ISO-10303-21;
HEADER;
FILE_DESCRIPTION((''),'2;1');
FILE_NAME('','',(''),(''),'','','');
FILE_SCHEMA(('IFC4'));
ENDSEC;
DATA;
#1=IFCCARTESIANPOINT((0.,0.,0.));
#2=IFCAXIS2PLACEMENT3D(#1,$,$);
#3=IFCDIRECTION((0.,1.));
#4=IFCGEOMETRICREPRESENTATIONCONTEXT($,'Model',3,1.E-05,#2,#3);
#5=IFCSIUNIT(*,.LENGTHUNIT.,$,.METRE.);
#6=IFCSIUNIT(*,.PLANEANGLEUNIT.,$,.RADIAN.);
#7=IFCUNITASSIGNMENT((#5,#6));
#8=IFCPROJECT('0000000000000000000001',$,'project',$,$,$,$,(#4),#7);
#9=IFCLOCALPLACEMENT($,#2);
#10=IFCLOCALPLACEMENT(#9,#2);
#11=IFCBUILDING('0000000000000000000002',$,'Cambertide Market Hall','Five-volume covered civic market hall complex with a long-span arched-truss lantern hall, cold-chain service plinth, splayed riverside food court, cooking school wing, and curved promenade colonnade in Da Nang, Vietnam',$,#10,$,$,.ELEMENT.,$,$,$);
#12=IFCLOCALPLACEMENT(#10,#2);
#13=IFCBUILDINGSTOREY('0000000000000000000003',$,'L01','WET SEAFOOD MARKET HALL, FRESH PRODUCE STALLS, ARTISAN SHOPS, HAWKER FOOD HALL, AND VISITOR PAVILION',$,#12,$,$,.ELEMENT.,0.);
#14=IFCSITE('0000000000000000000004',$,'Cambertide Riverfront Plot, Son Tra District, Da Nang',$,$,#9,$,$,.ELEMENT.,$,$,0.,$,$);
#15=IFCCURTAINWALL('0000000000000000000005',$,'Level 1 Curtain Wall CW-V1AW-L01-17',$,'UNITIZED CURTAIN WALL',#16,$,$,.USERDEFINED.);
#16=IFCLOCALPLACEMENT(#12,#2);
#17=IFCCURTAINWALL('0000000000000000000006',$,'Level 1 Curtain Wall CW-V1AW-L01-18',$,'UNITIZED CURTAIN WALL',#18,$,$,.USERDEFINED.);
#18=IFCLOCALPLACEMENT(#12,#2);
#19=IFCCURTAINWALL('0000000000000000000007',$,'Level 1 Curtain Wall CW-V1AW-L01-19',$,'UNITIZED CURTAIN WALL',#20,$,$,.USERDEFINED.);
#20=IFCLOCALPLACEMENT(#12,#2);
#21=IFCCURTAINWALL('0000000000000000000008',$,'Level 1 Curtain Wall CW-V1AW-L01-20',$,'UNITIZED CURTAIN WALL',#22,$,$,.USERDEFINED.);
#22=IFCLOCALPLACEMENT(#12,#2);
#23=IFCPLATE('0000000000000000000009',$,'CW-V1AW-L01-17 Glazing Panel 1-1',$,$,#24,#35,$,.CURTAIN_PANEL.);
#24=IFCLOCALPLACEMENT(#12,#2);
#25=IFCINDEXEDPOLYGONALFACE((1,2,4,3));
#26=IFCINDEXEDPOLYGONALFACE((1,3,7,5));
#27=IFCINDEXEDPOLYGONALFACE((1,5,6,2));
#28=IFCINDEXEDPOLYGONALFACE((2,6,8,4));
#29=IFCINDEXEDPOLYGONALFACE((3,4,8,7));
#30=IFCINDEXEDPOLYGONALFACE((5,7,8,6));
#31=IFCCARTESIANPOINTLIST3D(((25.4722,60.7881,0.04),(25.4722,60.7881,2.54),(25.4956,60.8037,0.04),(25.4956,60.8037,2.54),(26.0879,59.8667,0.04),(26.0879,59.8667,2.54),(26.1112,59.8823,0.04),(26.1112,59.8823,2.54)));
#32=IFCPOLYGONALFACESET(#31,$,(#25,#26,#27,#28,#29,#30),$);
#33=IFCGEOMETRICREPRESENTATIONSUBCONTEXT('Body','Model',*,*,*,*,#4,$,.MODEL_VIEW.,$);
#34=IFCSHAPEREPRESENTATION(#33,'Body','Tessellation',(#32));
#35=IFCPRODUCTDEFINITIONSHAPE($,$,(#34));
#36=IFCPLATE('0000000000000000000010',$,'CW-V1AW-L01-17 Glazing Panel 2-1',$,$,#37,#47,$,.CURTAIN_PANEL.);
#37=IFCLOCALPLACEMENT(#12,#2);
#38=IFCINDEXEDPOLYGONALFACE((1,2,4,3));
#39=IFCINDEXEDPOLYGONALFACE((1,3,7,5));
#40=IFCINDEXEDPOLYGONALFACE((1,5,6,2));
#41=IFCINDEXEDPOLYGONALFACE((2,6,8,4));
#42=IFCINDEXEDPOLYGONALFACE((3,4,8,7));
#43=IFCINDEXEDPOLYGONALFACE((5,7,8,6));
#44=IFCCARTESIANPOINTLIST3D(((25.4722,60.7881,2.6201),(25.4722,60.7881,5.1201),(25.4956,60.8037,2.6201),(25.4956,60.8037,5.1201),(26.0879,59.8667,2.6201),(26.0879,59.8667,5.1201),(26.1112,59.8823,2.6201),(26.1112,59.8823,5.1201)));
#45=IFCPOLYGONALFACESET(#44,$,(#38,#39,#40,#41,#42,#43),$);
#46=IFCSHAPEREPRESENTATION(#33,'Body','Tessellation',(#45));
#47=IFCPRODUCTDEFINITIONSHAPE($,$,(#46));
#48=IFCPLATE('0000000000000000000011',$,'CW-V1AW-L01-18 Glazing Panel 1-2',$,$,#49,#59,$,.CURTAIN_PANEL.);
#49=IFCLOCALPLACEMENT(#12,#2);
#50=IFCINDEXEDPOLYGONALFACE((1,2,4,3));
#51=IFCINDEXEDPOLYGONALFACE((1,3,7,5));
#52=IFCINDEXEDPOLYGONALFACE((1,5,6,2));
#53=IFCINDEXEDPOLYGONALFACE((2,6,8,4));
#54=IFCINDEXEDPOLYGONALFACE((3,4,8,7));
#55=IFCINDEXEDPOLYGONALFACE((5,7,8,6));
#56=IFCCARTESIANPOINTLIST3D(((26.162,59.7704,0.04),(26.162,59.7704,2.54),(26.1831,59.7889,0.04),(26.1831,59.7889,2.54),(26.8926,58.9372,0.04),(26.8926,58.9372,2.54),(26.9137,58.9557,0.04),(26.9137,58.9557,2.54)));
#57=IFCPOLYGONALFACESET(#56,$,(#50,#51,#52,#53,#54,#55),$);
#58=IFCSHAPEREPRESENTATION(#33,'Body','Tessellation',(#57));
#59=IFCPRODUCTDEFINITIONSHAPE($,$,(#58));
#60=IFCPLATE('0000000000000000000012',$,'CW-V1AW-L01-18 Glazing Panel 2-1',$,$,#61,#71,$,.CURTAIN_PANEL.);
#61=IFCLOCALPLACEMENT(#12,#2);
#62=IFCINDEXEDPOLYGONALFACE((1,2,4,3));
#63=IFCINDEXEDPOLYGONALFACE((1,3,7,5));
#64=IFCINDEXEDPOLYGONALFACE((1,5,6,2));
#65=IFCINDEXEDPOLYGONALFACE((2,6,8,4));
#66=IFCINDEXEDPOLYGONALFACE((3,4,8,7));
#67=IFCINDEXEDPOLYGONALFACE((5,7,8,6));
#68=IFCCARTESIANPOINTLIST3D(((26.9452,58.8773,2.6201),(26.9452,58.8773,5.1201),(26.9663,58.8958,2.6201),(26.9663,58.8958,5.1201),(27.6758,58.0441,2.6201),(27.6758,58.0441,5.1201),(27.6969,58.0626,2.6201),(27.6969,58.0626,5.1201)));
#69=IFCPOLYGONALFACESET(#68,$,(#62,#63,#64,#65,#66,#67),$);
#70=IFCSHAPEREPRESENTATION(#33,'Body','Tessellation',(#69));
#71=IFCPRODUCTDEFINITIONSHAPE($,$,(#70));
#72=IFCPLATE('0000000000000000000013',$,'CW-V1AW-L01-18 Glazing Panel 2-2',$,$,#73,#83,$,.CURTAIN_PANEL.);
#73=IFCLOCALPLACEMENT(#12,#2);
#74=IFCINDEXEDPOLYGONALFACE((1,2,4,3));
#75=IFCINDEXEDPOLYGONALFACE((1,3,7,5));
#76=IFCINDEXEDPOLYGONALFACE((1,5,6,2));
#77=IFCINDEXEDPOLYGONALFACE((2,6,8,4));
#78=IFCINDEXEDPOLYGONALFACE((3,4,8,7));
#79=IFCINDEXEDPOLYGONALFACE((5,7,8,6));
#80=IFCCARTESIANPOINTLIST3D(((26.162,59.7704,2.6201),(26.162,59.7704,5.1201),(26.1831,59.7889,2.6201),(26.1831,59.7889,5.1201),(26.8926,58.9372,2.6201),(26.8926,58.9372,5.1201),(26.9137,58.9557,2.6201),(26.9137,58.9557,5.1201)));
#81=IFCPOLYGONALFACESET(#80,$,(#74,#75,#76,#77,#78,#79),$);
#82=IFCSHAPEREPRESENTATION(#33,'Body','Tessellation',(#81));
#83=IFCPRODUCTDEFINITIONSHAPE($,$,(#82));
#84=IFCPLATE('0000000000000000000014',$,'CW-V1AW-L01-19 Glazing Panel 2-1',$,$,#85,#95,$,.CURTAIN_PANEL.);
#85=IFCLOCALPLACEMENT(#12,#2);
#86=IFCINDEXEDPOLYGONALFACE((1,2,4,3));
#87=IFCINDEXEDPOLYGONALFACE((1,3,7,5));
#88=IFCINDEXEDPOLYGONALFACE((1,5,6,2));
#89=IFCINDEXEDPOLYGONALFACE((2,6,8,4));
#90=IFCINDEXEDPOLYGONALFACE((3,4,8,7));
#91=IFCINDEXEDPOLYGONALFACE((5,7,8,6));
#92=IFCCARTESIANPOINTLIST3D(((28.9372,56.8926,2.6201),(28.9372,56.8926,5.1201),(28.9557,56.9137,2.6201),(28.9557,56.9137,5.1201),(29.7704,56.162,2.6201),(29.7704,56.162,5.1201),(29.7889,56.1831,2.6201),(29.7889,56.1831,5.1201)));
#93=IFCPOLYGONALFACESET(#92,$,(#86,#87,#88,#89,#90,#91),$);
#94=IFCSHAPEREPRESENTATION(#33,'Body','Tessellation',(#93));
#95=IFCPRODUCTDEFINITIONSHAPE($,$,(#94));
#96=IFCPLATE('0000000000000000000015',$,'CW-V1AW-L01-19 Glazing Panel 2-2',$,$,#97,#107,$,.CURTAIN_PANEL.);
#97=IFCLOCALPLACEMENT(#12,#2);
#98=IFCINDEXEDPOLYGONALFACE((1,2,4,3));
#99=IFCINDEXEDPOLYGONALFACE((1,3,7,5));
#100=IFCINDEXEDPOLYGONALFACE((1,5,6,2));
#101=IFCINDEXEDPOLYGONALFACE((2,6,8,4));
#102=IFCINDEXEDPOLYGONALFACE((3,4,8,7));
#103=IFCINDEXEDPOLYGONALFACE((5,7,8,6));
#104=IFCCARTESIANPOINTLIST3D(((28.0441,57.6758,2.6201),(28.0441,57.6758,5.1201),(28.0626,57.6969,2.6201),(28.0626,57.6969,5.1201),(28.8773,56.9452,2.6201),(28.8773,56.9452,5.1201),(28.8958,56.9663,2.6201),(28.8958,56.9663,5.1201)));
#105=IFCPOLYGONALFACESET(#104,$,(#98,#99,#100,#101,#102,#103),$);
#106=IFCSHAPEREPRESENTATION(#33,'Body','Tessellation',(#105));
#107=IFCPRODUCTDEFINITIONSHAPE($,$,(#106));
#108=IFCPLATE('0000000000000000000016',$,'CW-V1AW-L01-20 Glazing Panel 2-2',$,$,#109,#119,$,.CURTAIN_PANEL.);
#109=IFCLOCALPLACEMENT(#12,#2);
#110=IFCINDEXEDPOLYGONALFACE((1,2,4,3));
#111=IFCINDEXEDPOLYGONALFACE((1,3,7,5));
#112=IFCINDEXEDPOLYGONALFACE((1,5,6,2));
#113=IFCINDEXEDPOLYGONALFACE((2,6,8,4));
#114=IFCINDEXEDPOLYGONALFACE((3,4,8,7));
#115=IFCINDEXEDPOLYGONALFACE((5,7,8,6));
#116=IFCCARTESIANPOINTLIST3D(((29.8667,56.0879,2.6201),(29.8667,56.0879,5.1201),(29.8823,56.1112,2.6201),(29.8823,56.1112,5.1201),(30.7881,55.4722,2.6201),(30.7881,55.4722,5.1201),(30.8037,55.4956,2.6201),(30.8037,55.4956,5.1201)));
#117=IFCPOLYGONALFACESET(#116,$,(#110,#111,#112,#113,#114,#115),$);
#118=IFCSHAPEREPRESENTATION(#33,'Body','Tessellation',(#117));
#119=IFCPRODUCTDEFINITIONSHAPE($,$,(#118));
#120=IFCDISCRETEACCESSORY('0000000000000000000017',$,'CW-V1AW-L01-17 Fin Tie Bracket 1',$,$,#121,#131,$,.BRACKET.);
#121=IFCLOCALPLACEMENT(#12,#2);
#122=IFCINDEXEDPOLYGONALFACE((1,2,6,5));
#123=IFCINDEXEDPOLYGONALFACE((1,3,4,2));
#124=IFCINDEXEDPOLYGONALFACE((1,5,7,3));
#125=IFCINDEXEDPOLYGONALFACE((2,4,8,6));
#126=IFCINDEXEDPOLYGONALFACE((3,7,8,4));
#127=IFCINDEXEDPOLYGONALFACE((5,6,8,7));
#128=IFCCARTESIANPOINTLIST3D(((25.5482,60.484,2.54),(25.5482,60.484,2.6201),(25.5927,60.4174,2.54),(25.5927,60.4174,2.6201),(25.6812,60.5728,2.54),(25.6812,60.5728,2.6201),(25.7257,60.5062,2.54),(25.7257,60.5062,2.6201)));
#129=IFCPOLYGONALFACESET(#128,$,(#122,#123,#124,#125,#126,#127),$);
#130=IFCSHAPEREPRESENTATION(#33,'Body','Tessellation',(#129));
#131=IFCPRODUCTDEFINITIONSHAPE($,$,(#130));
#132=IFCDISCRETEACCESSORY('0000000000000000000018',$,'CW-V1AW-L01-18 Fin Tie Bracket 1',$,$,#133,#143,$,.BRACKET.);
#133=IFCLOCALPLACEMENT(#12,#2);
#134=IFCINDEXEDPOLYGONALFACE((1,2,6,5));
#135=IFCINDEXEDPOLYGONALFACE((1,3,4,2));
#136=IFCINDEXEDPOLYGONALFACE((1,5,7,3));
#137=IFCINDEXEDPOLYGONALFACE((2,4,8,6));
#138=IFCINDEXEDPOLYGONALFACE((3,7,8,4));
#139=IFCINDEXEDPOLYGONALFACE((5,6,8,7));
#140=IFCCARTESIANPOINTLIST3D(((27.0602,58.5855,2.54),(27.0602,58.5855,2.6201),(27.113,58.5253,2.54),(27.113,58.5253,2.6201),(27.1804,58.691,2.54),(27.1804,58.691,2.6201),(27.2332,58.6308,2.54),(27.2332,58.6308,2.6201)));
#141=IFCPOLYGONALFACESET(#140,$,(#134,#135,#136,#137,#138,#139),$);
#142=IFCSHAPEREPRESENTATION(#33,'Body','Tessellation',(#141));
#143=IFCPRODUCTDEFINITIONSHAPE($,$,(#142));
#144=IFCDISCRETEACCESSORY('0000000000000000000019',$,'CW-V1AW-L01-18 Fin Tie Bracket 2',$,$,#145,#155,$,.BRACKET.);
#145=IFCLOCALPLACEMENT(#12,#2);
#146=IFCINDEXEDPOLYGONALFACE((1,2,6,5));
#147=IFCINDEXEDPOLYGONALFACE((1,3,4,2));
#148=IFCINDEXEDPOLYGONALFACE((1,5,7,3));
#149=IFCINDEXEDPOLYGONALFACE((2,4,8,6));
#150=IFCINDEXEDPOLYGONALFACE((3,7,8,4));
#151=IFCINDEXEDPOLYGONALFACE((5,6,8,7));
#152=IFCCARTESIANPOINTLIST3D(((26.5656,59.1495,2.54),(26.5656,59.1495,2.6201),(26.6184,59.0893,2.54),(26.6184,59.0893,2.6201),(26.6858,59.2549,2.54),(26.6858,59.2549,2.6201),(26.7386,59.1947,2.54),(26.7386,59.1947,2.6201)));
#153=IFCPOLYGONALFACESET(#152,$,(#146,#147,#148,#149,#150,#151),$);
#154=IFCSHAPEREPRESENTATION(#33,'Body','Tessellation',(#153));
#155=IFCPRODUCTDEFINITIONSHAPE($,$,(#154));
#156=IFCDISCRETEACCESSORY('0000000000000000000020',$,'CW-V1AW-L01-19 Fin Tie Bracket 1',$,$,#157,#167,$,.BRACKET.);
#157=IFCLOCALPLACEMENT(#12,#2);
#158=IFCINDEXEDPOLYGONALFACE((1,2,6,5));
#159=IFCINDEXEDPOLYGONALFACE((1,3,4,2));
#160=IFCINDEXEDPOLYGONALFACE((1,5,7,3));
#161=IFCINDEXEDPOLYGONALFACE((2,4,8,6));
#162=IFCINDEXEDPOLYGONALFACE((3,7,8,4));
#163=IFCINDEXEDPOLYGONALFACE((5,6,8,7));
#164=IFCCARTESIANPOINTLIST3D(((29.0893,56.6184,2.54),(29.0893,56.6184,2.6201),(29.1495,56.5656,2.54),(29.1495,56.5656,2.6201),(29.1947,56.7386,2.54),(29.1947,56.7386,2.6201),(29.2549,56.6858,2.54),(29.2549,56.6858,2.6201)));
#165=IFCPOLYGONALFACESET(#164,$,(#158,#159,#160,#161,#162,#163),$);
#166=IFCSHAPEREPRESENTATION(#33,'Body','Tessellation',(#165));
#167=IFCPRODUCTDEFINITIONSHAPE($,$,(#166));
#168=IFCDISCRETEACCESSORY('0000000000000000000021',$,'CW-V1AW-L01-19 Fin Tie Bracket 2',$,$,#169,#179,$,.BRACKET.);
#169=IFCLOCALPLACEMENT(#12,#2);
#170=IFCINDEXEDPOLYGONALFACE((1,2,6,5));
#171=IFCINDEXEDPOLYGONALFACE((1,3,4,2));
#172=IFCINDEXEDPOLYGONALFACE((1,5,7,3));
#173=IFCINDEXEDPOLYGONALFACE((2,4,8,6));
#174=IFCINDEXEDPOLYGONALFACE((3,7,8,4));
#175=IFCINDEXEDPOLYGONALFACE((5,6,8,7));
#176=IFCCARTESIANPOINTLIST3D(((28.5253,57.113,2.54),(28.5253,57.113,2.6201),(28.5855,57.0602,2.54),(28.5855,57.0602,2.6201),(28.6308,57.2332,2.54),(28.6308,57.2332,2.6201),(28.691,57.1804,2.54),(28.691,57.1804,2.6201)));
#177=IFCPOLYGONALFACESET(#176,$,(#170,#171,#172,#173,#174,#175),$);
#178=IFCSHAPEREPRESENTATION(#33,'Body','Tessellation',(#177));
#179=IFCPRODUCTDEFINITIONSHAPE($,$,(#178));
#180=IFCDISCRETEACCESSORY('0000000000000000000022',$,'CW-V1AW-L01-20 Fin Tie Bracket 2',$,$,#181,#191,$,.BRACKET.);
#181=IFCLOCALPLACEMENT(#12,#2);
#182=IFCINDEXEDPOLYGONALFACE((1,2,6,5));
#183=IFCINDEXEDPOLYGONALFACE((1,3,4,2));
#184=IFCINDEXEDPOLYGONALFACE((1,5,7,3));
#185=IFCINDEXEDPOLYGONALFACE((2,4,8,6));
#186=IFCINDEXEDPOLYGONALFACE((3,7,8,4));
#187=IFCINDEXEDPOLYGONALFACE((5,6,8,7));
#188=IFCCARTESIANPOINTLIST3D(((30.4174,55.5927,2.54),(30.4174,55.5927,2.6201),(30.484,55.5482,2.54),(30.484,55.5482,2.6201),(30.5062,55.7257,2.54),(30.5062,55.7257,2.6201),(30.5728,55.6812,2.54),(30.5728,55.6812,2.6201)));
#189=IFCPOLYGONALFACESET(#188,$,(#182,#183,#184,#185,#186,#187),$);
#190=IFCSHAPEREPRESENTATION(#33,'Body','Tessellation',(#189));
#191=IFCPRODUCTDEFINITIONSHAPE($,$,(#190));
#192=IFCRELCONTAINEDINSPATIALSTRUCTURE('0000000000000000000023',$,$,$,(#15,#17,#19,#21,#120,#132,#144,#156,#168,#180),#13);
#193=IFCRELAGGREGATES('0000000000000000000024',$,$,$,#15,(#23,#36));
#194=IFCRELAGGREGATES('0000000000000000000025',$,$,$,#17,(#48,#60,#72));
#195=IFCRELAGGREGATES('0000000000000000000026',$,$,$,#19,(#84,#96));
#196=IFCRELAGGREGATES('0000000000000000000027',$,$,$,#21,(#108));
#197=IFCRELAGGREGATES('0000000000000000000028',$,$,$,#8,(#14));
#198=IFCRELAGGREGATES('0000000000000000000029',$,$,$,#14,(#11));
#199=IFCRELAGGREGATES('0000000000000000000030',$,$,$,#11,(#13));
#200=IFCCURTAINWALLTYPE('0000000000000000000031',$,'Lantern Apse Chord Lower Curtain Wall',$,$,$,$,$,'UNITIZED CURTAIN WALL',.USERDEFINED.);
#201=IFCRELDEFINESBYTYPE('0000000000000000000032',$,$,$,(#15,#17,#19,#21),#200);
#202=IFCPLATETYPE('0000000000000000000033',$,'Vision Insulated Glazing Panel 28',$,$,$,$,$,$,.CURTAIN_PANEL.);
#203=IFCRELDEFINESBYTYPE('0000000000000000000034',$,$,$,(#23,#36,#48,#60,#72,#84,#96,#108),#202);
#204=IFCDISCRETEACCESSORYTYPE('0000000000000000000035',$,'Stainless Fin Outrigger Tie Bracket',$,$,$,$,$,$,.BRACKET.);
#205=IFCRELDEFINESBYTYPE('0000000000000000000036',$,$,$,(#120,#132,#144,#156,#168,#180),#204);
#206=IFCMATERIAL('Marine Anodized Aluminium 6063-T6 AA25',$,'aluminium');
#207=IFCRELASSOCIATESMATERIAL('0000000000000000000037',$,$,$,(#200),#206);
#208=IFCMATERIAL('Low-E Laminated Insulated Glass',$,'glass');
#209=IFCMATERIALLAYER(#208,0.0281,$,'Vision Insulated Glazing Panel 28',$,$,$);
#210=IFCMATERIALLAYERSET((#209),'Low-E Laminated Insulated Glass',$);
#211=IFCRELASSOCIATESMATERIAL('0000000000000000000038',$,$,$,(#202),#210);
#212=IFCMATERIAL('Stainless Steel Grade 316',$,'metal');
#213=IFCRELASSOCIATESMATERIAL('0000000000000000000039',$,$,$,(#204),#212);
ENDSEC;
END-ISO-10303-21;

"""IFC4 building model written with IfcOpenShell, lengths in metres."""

from ifc_helpers import new_model, si_unit, direction, frame, origin, origin_2d, place, context, subcontext, project, spatial, rectangle, extrude, material, layer, layer_set, type_object, element, aggregate, save


model = new_model("IFC4")

# Units and contexts
model_context = context("Model", 3, precision=1e-05, world=origin(), true_north=direction((0.0, 1.0)))
body_context = subcontext(model_context, "Body", "Model", "MODEL_VIEW")
ifc_project = project(units=[si_unit("LENGTHUNIT", "METRE"), si_unit("PLANEANGLEUNIT", "RADIAN")], contexts=[model_context])

# Site, building, storey
site_placement = place(None, origin())
site = spatial("IfcSite", under=ifc_project, at=site_placement, Name="Cambertide Riverfront Plot, Son Tra District, Da Nang", CompositionType="ELEMENT", RefElevation=0.0)
building_placement = place(site_placement, origin())
building = spatial("IfcBuilding", under=site, at=building_placement, Name="Cambertide Market Hall", Description="Five-volume covered civic market hall complex with a long-span arched-truss lantern hall, cold-chain service plinth, splayed riverside food court, cooking school wing, and curved promenade colonnade in Da Nang, Vietnam", CompositionType="ELEMENT")
storey_placement = place(building_placement, origin())
storey = spatial("IfcBuildingStorey", under=building, at=storey_placement, Name="L01", Description="WET SEAFOOD MARKET HALL, FRESH PRODUCE STALLS, ARTISAN SHOPS, HAWKER FOOD HALL, AND VISITOR PAVILION", CompositionType="ELEMENT", Elevation=0.0)

# Curtain walls
ifc_material_1 = material(Name="Marine Anodized Aluminium 6063-T6 AA25", Category="aluminium")
curtain_wall_type = type_object("IfcCurtainWallType", Name="Lantern Apse Chord Lower Curtain Wall", ElementType="UNITIZED CURTAIN WALL", PredefinedType="USERDEFINED", material=ifc_material_1)
curtain_wall_1_placement = place(storey_placement, origin())
curtain_wall_1 = element("IfcCurtainWall", 1, at=curtain_wall_1_placement, inside=storey, type_object=curtain_wall_type, Name="Level 1 Curtain Wall CW-V1AW-L01-17", ObjectType="UNITIZED CURTAIN WALL", PredefinedType="USERDEFINED")
curtain_wall_2_placement = place(storey_placement, origin())
curtain_wall_2 = element("IfcCurtainWall", 2, at=curtain_wall_2_placement, inside=storey, type_object=curtain_wall_type, Name="Level 1 Curtain Wall CW-V1AW-L01-18", ObjectType="UNITIZED CURTAIN WALL", PredefinedType="USERDEFINED")
curtain_wall_3_placement = place(storey_placement, origin())
curtain_wall_3 = element("IfcCurtainWall", 3, at=curtain_wall_3_placement, inside=storey, type_object=curtain_wall_type, Name="Level 1 Curtain Wall CW-V1AW-L01-19", ObjectType="UNITIZED CURTAIN WALL", PredefinedType="USERDEFINED")

# Curtain wall
curtain_wall_4_placement = place(storey_placement, origin())
curtain_wall_4 = element("IfcCurtainWall", 4, at=curtain_wall_4_placement, inside=storey, type_object=curtain_wall_type, Name="Level 1 Curtain Wall CW-V1AW-L01-20", ObjectType="UNITIZED CURTAIN WALL", PredefinedType="USERDEFINED")

# Plates
ifc_material_2 = material(Name="Low-E Laminated Insulated Glass", Category="glass")
ifc_layer = layer(ifc_material_2, 0.0281, Name="Vision Insulated Glazing Panel 28")
ifc_layer_set = layer_set([ifc_layer], Name="Low-E Laminated Insulated Glass")
plate_type = type_object("IfcPlateType", Name="Vision Insulated Glazing Panel 28", PredefinedType="CURTAIN_PANEL", material=ifc_layer_set)
plate_1_placement = place(storey_placement, frame((25.7917, 60.3352, 0.04), z_axis=(0.0, 0.0, 1.0), x_axis=(-0.55557, 0.83147, 0.0)))
plate_1 = element("IfcPlate", 5, at=plate_1_placement, type_object=plate_type, Name="CW-V1AW-L01-17 Glazing Panel 1-1", PredefinedType="CURTAIN_PANEL", context=body_context, shape_type="SweptSolid", body=[
    extrude(rectangle(XDim=1.1082, YDim=0.0281, at=origin_2d()), origin(), (0.0, 0.0, 1.0), 2.5),
])
plate_2_placement = place(storey_placement, frame((25.7917, 60.3352, 2.6201), z_axis=(0.0, 0.0, 1.0), x_axis=(-0.55557, 0.83147, 0.0)))
plate_2 = element("IfcPlate", 6, at=plate_2_placement, type_object=plate_type, Name="CW-V1AW-L01-17 Glazing Panel 2-1", PredefinedType="CURTAIN_PANEL", context=body_context, shape_type="SweptSolid", body=[
    extrude(rectangle(XDim=1.1082, YDim=0.0281, at=origin_2d()), origin(), (0.0, 0.0, 1.0), 2.5),
])
aggregate(curtain_wall_1, [plate_1, plate_2])
plate_3_placement = place(storey_placement, frame((26.5378, 59.363, 0.04), z_axis=(0.0, 0.0, 1.0), x_axis=(-0.659346, 0.75184, 0.0)))
plate_3 = element("IfcPlate", 7, at=plate_3_placement, type_object=plate_type, Name="CW-V1AW-L01-18 Glazing Panel 1-2", PredefinedType="CURTAIN_PANEL", context=body_context, shape_type="SweptSolid", body=[
    extrude(rectangle(XDim=1.1082, YDim=0.0281, at=origin_2d()), origin(), (0.0, 0.0, 1.0), 2.5),
])
plate_4_placement = place(storey_placement, frame((27.321, 58.47, 2.6201), z_axis=(0.0, 0.0, 1.0), x_axis=(-0.659346, 0.75184, 0.0)))
plate_4 = element("IfcPlate", 8, at=plate_4_placement, type_object=plate_type, Name="CW-V1AW-L01-18 Glazing Panel 2-1", PredefinedType="CURTAIN_PANEL", context=body_context, shape_type="SweptSolid", body=[
    extrude(rectangle(XDim=1.1082, YDim=0.0281, at=origin_2d()), origin(), (0.0, 0.0, 1.0), 2.5),
])
plate_5_placement = place(storey_placement, frame((26.5378, 59.363, 2.6201), z_axis=(0.0, 0.0, 1.0), x_axis=(-0.659346, 0.75184, 0.0)))
plate_5 = element("IfcPlate", 9, at=plate_5_placement, type_object=plate_type, Name="CW-V1AW-L01-18 Glazing Panel 2-2", PredefinedType="CURTAIN_PANEL", context=body_context, shape_type="SweptSolid", body=[
    extrude(rectangle(XDim=1.1082, YDim=0.0281, at=origin_2d()), origin(), (0.0, 0.0, 1.0), 2.5),
])
aggregate(curtain_wall_2, [plate_3, plate_4, plate_5])
plate_6_placement = place(storey_placement, frame((29.363, 56.5378, 2.6201), z_axis=(0.0, 0.0, 1.0), x_axis=(-0.75184, 0.659346, 0.0)))
plate_6 = element("IfcPlate", 10, at=plate_6_placement, type_object=plate_type, Name="CW-V1AW-L01-19 Glazing Panel 2-1", PredefinedType="CURTAIN_PANEL", context=body_context, shape_type="SweptSolid", body=[
    extrude(rectangle(XDim=1.1082, YDim=0.0281, at=origin_2d()), origin(), (0.0, 0.0, 1.0), 2.5),
])
plate_7_placement = place(storey_placement, frame((28.47, 57.321, 2.6201), z_axis=(0.0, 0.0, 1.0), x_axis=(-0.75184, 0.659346, 0.0)))
plate_7 = element("IfcPlate", 11, at=plate_7_placement, type_object=plate_type, Name="CW-V1AW-L01-19 Glazing Panel 2-2", PredefinedType="CURTAIN_PANEL", context=body_context, shape_type="SweptSolid", body=[
    extrude(rectangle(XDim=1.1082, YDim=0.0281, at=origin_2d()), origin(), (0.0, 0.0, 1.0), 2.5),
])
aggregate(curtain_wall_3, [plate_6, plate_7])
plate_8_placement = place(storey_placement, frame((30.3352, 55.7917, 2.6201), z_axis=(0.0, 0.0, 1.0), x_axis=(-0.83147, 0.55557, 0.0)))
plate_8 = element("IfcPlate", 12, at=plate_8_placement, type_object=plate_type, Name="CW-V1AW-L01-20 Glazing Panel 2-2", PredefinedType="CURTAIN_PANEL", context=body_context, shape_type="SweptSolid", body=[
    extrude(rectangle(XDim=1.1082, YDim=0.0281, at=origin_2d()), origin(), (0.0, 0.0, 1.0), 2.5),
])
aggregate(curtain_wall_4, [plate_8])

# Discrete accessories
ifc_material_3 = material(Name="Stainless Steel Grade 316", Category="metal")
discrete_accessory_type = type_object("IfcDiscreteAccessoryType", Name="Stainless Fin Outrigger Tie Bracket", PredefinedType="BRACKET", material=ifc_material_3)
for number, where, z_axis, x_axis, name in (
    (13, (25.637, 60.4951, 2.54), (0.0, 0.0, 1.0), (-0.55557, 0.83147, 0.0), "CW-V1AW-L01-17 Fin Tie Bracket 1"),
    (14, (27.1467, 58.6082, 2.54), (0.0, 0.0, 1.0), (-0.659346, 0.75184, 0.0), "CW-V1AW-L01-18 Fin Tie Bracket 1"),
    (15, (26.6521, 59.1721, 2.54), (0.0, 0.0, 1.0), (-0.659346, 0.75184, 0.0), "CW-V1AW-L01-18 Fin Tie Bracket 2"),
    (16, (29.1721, 56.6521, 2.54), (0.0, 0.0, 1.0), (-0.75184, 0.659346, 0.0), "CW-V1AW-L01-19 Fin Tie Bracket 1"),
    (17, (28.6082, 57.1467, 2.54), (0.0, 0.0, 1.0), (-0.75184, 0.659346, 0.0), "CW-V1AW-L01-19 Fin Tie Bracket 2"),
    (18, (30.4951, 55.637, 2.54), (0.0, 0.0, 1.0), (-0.83147, 0.55557, 0.0), "CW-V1AW-L01-20 Fin Tie Bracket 2"),
):
    element("IfcDiscreteAccessory", number, at=place(storey_placement, frame(where, z_axis=z_axis, x_axis=x_axis)), inside=storey, type_object=discrete_accessory_type, Name=name, PredefinedType="BRACKET", context=body_context, shape_type="SweptSolid", body=[
        extrude(rectangle(XDim=0.0801, YDim=0.1599, at=origin_2d()), origin(), (0.0, 0.0, 1.0), 0.0801),
    ])

save(model, "model.ifc")
